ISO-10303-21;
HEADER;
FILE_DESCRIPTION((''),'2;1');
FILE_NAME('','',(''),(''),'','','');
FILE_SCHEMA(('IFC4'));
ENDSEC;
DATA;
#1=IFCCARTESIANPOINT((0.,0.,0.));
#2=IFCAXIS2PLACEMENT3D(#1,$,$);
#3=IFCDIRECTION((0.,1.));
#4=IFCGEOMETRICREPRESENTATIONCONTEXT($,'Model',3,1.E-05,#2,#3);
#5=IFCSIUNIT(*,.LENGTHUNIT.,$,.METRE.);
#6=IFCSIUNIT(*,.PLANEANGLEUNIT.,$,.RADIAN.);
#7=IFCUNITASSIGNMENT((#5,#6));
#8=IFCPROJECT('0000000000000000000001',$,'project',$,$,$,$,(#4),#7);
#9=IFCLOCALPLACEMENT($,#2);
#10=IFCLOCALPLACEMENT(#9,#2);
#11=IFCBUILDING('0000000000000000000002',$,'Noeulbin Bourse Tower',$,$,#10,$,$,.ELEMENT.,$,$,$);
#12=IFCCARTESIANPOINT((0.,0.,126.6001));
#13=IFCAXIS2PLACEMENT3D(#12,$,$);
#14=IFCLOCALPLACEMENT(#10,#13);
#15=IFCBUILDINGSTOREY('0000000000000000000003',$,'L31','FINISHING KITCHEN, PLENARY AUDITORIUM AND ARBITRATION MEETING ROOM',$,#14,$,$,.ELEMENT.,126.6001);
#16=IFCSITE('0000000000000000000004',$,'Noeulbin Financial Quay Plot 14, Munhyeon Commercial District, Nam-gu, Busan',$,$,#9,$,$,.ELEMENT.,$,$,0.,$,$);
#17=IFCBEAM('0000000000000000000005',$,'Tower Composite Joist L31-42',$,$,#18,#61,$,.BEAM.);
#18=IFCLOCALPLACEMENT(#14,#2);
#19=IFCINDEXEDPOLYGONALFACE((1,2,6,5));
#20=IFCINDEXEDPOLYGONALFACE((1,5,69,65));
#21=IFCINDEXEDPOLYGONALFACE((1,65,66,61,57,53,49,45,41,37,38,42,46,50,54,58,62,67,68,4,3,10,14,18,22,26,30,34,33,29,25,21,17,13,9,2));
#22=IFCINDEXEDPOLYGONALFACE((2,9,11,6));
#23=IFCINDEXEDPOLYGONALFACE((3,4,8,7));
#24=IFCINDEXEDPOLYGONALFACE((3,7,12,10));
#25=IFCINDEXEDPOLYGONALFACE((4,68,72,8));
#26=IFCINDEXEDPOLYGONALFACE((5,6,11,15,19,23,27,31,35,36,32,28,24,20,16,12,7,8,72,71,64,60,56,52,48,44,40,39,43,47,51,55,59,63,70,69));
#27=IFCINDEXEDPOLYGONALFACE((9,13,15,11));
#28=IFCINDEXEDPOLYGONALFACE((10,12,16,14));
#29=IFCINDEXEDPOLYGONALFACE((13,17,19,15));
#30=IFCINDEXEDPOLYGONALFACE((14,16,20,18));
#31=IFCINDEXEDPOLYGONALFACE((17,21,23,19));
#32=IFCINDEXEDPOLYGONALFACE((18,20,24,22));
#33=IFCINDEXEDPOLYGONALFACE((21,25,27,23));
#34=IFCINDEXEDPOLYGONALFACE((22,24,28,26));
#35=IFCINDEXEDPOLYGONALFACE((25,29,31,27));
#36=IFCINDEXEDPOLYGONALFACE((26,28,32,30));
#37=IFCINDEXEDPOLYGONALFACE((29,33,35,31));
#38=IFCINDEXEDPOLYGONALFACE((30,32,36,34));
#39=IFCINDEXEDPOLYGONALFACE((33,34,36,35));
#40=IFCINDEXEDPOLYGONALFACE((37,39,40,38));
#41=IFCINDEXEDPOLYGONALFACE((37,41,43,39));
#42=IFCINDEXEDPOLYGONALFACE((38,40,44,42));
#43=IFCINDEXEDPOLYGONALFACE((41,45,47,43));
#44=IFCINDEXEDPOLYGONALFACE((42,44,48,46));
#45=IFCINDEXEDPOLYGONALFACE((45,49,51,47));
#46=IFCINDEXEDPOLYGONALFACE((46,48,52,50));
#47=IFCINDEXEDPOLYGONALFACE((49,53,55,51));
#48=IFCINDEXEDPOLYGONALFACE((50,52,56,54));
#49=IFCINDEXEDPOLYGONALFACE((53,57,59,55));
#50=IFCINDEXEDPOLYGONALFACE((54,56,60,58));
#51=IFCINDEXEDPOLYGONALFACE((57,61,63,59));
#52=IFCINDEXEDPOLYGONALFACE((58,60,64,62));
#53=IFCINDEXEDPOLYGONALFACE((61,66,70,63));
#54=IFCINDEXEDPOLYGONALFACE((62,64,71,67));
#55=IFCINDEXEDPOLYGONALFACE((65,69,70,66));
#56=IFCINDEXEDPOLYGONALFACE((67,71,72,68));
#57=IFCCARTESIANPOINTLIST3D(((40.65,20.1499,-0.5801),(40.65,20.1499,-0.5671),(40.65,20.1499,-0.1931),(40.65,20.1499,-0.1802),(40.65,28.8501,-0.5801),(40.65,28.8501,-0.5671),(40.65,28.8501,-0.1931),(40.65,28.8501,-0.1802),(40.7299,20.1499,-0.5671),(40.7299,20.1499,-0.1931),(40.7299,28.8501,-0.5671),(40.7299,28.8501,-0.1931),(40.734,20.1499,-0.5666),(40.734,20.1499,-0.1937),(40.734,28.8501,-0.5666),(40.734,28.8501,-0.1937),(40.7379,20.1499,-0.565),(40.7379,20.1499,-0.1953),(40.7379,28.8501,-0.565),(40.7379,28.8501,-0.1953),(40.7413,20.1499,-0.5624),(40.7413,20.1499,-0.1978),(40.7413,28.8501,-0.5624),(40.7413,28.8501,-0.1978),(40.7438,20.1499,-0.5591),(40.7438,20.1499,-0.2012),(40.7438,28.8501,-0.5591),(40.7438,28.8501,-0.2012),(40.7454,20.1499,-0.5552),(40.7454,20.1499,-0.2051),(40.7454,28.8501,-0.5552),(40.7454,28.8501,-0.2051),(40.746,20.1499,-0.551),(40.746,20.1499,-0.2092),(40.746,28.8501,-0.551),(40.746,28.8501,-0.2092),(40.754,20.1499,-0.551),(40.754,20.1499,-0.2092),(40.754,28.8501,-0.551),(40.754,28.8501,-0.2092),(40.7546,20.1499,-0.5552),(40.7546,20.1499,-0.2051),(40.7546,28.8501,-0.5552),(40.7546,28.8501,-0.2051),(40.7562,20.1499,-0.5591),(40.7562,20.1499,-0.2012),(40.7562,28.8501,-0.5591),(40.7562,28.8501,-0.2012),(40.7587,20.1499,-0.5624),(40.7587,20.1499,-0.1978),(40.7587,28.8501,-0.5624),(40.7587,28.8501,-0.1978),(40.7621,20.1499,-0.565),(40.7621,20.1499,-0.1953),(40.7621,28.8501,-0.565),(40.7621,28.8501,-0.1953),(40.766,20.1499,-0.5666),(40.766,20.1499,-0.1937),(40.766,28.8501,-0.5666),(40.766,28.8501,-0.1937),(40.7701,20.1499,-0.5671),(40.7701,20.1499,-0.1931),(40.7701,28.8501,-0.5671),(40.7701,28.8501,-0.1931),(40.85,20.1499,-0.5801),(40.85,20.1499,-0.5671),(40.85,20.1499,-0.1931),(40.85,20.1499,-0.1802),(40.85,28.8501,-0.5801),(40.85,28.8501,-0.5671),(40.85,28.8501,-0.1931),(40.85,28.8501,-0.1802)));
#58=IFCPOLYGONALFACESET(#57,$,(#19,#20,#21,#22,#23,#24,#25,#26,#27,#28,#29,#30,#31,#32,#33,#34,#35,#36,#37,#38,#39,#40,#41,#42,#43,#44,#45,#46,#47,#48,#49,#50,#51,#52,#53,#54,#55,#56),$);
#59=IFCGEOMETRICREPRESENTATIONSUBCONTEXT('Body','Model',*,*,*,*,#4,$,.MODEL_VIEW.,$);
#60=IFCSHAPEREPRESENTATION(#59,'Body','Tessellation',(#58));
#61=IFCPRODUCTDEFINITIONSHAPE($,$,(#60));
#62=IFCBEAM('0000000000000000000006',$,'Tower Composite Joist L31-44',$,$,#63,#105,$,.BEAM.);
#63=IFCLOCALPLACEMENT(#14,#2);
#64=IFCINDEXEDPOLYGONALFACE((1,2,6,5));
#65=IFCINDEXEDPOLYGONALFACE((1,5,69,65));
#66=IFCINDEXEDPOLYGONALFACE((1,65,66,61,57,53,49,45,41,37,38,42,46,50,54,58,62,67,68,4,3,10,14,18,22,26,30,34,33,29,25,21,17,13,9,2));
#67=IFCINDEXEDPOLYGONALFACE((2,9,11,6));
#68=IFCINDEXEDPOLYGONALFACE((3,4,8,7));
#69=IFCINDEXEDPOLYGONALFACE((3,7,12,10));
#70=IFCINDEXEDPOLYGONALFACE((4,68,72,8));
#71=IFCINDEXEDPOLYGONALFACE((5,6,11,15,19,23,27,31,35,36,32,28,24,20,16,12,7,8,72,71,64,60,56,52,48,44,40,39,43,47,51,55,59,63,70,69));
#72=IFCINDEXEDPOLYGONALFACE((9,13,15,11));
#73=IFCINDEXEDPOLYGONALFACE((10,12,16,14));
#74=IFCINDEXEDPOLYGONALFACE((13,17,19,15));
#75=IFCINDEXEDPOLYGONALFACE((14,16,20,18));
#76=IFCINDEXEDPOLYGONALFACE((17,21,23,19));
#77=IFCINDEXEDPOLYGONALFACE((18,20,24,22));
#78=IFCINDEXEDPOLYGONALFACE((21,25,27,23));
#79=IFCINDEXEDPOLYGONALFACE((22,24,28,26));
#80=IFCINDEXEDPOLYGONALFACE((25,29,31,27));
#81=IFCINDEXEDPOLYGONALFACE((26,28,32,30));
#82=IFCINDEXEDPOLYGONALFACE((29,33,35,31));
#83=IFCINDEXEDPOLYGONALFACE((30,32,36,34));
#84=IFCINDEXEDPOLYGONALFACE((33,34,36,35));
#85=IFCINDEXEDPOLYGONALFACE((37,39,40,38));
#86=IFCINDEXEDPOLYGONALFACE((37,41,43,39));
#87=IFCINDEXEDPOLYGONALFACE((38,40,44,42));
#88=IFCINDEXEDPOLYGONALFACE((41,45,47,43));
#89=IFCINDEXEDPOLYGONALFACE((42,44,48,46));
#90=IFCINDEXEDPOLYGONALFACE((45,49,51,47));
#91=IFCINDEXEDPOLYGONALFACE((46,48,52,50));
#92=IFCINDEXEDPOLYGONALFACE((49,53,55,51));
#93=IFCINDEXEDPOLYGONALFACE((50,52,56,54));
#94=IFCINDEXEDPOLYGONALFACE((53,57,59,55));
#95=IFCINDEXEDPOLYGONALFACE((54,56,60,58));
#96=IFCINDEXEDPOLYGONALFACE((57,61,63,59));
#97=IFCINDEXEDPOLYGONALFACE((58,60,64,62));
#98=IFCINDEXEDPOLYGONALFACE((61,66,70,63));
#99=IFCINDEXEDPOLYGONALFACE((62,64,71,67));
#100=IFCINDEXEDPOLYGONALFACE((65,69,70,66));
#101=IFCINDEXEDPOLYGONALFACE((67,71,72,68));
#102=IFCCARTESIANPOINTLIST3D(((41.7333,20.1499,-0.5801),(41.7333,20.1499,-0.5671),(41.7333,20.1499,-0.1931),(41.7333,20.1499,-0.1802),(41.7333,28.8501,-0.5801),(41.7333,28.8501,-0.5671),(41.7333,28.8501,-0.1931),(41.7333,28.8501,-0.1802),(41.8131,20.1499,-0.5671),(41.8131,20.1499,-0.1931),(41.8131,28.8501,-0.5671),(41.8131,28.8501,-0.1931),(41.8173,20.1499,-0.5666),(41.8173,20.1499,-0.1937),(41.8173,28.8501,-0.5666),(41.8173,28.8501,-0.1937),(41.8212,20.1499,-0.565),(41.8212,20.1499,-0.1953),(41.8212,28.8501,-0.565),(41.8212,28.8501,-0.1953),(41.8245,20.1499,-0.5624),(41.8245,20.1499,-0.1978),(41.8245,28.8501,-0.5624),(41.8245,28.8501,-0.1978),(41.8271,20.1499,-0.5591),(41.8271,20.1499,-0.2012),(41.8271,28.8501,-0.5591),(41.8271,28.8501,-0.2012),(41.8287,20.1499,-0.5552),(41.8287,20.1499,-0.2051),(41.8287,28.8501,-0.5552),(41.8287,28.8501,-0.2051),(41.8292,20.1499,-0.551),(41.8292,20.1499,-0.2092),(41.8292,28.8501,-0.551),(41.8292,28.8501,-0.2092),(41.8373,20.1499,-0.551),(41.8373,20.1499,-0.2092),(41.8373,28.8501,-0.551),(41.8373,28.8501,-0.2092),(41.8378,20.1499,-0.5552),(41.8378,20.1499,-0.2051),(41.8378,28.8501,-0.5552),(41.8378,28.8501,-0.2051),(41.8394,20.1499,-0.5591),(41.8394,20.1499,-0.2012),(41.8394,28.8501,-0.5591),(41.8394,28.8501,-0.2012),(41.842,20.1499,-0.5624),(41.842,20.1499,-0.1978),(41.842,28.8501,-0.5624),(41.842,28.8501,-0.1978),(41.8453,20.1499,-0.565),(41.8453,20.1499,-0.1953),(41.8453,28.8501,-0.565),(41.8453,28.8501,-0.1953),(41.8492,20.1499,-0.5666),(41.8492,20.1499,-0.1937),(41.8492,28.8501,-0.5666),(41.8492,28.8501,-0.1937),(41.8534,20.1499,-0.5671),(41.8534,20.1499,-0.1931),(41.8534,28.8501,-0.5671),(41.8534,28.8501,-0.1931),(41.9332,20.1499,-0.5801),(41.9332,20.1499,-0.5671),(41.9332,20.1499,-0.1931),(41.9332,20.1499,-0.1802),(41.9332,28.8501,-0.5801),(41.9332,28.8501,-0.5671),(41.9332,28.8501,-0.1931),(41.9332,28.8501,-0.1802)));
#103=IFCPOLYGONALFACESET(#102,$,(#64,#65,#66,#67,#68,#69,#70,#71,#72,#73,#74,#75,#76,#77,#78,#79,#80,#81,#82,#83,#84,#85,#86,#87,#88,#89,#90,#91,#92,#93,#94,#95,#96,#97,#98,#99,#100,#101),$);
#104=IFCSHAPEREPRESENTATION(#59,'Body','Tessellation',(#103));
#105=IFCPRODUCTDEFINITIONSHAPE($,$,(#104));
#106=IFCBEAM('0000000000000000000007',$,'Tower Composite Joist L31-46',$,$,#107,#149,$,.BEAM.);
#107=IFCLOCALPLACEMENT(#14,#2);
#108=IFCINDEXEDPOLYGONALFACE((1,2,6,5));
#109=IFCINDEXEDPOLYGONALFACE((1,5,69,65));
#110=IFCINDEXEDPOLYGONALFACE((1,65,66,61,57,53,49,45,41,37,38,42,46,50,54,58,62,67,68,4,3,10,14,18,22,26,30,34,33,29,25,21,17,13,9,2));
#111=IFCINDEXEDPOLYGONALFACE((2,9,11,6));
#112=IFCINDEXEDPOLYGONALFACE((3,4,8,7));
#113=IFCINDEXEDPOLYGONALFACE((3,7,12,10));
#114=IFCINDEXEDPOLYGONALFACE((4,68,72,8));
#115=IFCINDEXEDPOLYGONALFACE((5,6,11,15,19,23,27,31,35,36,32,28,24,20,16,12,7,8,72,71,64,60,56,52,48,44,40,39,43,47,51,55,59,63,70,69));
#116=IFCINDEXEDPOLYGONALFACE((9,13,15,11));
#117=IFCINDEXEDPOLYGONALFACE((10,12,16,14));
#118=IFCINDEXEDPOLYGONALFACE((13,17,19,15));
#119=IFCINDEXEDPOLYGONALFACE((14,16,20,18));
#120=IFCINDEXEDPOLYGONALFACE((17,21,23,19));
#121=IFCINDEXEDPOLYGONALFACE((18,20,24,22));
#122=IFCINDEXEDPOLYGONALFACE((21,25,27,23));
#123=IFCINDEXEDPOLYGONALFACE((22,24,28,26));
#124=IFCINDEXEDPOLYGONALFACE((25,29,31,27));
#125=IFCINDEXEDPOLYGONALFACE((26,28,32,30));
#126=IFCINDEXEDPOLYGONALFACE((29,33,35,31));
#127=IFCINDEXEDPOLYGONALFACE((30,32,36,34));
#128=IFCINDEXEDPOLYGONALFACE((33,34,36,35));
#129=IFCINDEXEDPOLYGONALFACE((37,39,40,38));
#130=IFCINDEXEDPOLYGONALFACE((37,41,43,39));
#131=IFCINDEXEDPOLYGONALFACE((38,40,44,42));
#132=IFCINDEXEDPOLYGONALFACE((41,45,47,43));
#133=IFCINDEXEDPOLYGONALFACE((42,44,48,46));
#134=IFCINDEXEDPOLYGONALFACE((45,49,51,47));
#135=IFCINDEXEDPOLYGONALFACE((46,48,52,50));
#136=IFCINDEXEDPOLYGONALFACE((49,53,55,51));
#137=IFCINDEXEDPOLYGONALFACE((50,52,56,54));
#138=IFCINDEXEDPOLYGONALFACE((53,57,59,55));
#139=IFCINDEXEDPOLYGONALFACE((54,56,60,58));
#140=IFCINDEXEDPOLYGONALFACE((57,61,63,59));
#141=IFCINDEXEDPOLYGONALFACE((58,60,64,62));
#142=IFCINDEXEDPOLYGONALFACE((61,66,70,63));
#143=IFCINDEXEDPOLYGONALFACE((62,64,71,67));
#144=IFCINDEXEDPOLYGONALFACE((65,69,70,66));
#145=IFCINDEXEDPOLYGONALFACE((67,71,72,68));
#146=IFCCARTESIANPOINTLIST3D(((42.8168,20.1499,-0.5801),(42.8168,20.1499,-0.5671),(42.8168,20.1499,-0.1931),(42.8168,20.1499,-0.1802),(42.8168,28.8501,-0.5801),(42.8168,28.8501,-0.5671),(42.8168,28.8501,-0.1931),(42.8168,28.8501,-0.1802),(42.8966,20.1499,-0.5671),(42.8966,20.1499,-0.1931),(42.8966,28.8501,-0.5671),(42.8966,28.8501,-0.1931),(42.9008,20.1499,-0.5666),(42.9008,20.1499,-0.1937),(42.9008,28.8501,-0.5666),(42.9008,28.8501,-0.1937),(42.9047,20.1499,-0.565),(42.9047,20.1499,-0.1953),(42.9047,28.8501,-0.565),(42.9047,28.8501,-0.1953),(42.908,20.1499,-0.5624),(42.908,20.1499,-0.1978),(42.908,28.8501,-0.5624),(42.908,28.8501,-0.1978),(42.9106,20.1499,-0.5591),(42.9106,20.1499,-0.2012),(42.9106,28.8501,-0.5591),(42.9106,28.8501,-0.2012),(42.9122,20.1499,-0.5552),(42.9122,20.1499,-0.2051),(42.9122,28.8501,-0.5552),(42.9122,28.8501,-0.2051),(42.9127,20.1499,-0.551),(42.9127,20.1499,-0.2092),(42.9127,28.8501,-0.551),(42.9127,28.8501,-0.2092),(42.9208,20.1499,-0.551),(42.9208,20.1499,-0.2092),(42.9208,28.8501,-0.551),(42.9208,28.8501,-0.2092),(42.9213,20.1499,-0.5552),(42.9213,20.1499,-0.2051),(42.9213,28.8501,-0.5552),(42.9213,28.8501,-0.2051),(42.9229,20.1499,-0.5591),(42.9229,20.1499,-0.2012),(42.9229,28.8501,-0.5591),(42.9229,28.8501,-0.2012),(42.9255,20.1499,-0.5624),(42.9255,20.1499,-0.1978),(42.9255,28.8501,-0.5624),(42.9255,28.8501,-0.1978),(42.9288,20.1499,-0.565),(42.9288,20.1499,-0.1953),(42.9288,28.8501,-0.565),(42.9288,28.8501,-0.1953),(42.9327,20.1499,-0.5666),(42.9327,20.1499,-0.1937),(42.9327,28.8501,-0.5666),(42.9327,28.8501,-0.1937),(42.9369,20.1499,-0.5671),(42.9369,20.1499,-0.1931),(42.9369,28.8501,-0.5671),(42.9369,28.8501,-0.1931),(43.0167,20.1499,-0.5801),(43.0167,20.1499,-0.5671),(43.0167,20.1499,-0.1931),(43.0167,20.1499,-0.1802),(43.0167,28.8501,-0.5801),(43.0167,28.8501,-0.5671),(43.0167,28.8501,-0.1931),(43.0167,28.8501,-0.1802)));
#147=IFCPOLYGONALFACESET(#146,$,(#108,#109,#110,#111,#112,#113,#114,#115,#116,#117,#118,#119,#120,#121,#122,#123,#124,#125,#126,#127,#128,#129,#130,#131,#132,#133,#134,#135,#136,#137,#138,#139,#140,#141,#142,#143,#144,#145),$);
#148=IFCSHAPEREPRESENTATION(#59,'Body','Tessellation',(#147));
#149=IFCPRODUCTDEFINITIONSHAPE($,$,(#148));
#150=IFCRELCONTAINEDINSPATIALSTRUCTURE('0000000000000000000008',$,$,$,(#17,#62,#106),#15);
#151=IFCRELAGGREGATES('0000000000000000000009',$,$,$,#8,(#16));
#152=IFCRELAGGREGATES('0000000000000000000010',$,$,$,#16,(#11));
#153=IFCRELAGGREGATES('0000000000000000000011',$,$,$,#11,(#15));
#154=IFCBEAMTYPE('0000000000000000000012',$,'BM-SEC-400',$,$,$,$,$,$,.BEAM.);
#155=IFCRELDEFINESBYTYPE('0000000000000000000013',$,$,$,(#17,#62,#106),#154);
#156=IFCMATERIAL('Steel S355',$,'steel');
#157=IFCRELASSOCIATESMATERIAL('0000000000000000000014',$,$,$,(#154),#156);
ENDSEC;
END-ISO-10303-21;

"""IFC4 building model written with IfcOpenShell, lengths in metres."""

from ifc_helpers import new_model, si_unit, direction, frame, origin, origin_2d, place, context, subcontext, project, spatial, i_section, extrude, material, material_profile, profile_set, type_object, element, save


model = new_model("IFC4")

# Units and contexts
model_context = context("Model", 3, precision=1e-05, world=origin(), true_north=direction((0.0, 1.0)))
body_context = subcontext(model_context, "Body", "Model", "MODEL_VIEW")
ifc_project = project(units=[si_unit("LENGTHUNIT", "METRE"), si_unit("PLANEANGLEUNIT", "RADIAN")], contexts=[model_context])

# Site, building, storey
site_placement = place(None, origin())
site = spatial("IfcSite", under=ifc_project, at=site_placement, Name="Noeulbin Financial Quay Plot 14, Munhyeon Commercial District, Nam-gu, Busan", CompositionType="ELEMENT", RefElevation=0.0)
building_placement = place(site_placement, origin())
building = spatial("IfcBuilding", under=site, at=building_placement, Name="Noeulbin Bourse Tower", CompositionType="ELEMENT")
storey_placement = place(building_placement, frame((0.0, 0.0, 126.6001)))
storey = spatial("IfcBuildingStorey", under=building, at=storey_placement, Name="L31", Description="FINISHING KITCHEN, PLENARY AUDITORIUM AND ARBITRATION MEETING ROOM", CompositionType="ELEMENT", Elevation=126.6001)

# Shared definitions
ifc_material_1 = material(Name="Steel S355", Category="steel")

# Beams
ifc_material_profile_1 = material_profile(ifc_material_1, i_section(OverallWidth=0.2, OverallDepth=0.3999, WebThickness=0.0081, FlangeThickness=0.0129, FilletRadius=0.0161, at=origin_2d()), Name="H-400x200x8x13", Category="LoadBearing")
ifc_profile_set_1 = profile_set([ifc_material_profile_1], Name="Steel S355")
beam_type_1 = type_object("IfcBeamType", Name="BM-SEC-400", PredefinedType="BEAM", material=ifc_profile_set_1)
for number, where, z_axis, x_axis, name in (
    (1, (40.75, 20.1499, -0.3801), (0.0, 1.0, 0.0), (-1.0, 0.0, 0.0), "Tower Composite Joist L31-42"),
    (2, (41.8333, 20.1499, -0.3801), (0.0, 1.0, 0.0), (-1.0, 0.0, 0.0), "Tower Composite Joist L31-44"),
    (3, (42.9167, 20.1499, -0.3801), (0.0, 1.0, 0.0), (-1.0, 0.0, 0.0), "Tower Composite Joist L31-46"),
):
    element("IfcBeam", number, at=place(storey_placement, frame(where, z_axis=z_axis, x_axis=x_axis)), inside=storey, type_object=beam_type_1, Name=name, PredefinedType="BEAM", context=body_context, shape_type="SweptSolid", body=[
        extrude(i_section(OverallWidth=0.2, OverallDepth=0.3999, WebThickness=0.0081, FlangeThickness=0.0129, FilletRadius=0.0161, at=origin_2d()), origin(), (0.0, 0.0, 1.0), 8.7002),
    ])

save(model, "model.ifc")
